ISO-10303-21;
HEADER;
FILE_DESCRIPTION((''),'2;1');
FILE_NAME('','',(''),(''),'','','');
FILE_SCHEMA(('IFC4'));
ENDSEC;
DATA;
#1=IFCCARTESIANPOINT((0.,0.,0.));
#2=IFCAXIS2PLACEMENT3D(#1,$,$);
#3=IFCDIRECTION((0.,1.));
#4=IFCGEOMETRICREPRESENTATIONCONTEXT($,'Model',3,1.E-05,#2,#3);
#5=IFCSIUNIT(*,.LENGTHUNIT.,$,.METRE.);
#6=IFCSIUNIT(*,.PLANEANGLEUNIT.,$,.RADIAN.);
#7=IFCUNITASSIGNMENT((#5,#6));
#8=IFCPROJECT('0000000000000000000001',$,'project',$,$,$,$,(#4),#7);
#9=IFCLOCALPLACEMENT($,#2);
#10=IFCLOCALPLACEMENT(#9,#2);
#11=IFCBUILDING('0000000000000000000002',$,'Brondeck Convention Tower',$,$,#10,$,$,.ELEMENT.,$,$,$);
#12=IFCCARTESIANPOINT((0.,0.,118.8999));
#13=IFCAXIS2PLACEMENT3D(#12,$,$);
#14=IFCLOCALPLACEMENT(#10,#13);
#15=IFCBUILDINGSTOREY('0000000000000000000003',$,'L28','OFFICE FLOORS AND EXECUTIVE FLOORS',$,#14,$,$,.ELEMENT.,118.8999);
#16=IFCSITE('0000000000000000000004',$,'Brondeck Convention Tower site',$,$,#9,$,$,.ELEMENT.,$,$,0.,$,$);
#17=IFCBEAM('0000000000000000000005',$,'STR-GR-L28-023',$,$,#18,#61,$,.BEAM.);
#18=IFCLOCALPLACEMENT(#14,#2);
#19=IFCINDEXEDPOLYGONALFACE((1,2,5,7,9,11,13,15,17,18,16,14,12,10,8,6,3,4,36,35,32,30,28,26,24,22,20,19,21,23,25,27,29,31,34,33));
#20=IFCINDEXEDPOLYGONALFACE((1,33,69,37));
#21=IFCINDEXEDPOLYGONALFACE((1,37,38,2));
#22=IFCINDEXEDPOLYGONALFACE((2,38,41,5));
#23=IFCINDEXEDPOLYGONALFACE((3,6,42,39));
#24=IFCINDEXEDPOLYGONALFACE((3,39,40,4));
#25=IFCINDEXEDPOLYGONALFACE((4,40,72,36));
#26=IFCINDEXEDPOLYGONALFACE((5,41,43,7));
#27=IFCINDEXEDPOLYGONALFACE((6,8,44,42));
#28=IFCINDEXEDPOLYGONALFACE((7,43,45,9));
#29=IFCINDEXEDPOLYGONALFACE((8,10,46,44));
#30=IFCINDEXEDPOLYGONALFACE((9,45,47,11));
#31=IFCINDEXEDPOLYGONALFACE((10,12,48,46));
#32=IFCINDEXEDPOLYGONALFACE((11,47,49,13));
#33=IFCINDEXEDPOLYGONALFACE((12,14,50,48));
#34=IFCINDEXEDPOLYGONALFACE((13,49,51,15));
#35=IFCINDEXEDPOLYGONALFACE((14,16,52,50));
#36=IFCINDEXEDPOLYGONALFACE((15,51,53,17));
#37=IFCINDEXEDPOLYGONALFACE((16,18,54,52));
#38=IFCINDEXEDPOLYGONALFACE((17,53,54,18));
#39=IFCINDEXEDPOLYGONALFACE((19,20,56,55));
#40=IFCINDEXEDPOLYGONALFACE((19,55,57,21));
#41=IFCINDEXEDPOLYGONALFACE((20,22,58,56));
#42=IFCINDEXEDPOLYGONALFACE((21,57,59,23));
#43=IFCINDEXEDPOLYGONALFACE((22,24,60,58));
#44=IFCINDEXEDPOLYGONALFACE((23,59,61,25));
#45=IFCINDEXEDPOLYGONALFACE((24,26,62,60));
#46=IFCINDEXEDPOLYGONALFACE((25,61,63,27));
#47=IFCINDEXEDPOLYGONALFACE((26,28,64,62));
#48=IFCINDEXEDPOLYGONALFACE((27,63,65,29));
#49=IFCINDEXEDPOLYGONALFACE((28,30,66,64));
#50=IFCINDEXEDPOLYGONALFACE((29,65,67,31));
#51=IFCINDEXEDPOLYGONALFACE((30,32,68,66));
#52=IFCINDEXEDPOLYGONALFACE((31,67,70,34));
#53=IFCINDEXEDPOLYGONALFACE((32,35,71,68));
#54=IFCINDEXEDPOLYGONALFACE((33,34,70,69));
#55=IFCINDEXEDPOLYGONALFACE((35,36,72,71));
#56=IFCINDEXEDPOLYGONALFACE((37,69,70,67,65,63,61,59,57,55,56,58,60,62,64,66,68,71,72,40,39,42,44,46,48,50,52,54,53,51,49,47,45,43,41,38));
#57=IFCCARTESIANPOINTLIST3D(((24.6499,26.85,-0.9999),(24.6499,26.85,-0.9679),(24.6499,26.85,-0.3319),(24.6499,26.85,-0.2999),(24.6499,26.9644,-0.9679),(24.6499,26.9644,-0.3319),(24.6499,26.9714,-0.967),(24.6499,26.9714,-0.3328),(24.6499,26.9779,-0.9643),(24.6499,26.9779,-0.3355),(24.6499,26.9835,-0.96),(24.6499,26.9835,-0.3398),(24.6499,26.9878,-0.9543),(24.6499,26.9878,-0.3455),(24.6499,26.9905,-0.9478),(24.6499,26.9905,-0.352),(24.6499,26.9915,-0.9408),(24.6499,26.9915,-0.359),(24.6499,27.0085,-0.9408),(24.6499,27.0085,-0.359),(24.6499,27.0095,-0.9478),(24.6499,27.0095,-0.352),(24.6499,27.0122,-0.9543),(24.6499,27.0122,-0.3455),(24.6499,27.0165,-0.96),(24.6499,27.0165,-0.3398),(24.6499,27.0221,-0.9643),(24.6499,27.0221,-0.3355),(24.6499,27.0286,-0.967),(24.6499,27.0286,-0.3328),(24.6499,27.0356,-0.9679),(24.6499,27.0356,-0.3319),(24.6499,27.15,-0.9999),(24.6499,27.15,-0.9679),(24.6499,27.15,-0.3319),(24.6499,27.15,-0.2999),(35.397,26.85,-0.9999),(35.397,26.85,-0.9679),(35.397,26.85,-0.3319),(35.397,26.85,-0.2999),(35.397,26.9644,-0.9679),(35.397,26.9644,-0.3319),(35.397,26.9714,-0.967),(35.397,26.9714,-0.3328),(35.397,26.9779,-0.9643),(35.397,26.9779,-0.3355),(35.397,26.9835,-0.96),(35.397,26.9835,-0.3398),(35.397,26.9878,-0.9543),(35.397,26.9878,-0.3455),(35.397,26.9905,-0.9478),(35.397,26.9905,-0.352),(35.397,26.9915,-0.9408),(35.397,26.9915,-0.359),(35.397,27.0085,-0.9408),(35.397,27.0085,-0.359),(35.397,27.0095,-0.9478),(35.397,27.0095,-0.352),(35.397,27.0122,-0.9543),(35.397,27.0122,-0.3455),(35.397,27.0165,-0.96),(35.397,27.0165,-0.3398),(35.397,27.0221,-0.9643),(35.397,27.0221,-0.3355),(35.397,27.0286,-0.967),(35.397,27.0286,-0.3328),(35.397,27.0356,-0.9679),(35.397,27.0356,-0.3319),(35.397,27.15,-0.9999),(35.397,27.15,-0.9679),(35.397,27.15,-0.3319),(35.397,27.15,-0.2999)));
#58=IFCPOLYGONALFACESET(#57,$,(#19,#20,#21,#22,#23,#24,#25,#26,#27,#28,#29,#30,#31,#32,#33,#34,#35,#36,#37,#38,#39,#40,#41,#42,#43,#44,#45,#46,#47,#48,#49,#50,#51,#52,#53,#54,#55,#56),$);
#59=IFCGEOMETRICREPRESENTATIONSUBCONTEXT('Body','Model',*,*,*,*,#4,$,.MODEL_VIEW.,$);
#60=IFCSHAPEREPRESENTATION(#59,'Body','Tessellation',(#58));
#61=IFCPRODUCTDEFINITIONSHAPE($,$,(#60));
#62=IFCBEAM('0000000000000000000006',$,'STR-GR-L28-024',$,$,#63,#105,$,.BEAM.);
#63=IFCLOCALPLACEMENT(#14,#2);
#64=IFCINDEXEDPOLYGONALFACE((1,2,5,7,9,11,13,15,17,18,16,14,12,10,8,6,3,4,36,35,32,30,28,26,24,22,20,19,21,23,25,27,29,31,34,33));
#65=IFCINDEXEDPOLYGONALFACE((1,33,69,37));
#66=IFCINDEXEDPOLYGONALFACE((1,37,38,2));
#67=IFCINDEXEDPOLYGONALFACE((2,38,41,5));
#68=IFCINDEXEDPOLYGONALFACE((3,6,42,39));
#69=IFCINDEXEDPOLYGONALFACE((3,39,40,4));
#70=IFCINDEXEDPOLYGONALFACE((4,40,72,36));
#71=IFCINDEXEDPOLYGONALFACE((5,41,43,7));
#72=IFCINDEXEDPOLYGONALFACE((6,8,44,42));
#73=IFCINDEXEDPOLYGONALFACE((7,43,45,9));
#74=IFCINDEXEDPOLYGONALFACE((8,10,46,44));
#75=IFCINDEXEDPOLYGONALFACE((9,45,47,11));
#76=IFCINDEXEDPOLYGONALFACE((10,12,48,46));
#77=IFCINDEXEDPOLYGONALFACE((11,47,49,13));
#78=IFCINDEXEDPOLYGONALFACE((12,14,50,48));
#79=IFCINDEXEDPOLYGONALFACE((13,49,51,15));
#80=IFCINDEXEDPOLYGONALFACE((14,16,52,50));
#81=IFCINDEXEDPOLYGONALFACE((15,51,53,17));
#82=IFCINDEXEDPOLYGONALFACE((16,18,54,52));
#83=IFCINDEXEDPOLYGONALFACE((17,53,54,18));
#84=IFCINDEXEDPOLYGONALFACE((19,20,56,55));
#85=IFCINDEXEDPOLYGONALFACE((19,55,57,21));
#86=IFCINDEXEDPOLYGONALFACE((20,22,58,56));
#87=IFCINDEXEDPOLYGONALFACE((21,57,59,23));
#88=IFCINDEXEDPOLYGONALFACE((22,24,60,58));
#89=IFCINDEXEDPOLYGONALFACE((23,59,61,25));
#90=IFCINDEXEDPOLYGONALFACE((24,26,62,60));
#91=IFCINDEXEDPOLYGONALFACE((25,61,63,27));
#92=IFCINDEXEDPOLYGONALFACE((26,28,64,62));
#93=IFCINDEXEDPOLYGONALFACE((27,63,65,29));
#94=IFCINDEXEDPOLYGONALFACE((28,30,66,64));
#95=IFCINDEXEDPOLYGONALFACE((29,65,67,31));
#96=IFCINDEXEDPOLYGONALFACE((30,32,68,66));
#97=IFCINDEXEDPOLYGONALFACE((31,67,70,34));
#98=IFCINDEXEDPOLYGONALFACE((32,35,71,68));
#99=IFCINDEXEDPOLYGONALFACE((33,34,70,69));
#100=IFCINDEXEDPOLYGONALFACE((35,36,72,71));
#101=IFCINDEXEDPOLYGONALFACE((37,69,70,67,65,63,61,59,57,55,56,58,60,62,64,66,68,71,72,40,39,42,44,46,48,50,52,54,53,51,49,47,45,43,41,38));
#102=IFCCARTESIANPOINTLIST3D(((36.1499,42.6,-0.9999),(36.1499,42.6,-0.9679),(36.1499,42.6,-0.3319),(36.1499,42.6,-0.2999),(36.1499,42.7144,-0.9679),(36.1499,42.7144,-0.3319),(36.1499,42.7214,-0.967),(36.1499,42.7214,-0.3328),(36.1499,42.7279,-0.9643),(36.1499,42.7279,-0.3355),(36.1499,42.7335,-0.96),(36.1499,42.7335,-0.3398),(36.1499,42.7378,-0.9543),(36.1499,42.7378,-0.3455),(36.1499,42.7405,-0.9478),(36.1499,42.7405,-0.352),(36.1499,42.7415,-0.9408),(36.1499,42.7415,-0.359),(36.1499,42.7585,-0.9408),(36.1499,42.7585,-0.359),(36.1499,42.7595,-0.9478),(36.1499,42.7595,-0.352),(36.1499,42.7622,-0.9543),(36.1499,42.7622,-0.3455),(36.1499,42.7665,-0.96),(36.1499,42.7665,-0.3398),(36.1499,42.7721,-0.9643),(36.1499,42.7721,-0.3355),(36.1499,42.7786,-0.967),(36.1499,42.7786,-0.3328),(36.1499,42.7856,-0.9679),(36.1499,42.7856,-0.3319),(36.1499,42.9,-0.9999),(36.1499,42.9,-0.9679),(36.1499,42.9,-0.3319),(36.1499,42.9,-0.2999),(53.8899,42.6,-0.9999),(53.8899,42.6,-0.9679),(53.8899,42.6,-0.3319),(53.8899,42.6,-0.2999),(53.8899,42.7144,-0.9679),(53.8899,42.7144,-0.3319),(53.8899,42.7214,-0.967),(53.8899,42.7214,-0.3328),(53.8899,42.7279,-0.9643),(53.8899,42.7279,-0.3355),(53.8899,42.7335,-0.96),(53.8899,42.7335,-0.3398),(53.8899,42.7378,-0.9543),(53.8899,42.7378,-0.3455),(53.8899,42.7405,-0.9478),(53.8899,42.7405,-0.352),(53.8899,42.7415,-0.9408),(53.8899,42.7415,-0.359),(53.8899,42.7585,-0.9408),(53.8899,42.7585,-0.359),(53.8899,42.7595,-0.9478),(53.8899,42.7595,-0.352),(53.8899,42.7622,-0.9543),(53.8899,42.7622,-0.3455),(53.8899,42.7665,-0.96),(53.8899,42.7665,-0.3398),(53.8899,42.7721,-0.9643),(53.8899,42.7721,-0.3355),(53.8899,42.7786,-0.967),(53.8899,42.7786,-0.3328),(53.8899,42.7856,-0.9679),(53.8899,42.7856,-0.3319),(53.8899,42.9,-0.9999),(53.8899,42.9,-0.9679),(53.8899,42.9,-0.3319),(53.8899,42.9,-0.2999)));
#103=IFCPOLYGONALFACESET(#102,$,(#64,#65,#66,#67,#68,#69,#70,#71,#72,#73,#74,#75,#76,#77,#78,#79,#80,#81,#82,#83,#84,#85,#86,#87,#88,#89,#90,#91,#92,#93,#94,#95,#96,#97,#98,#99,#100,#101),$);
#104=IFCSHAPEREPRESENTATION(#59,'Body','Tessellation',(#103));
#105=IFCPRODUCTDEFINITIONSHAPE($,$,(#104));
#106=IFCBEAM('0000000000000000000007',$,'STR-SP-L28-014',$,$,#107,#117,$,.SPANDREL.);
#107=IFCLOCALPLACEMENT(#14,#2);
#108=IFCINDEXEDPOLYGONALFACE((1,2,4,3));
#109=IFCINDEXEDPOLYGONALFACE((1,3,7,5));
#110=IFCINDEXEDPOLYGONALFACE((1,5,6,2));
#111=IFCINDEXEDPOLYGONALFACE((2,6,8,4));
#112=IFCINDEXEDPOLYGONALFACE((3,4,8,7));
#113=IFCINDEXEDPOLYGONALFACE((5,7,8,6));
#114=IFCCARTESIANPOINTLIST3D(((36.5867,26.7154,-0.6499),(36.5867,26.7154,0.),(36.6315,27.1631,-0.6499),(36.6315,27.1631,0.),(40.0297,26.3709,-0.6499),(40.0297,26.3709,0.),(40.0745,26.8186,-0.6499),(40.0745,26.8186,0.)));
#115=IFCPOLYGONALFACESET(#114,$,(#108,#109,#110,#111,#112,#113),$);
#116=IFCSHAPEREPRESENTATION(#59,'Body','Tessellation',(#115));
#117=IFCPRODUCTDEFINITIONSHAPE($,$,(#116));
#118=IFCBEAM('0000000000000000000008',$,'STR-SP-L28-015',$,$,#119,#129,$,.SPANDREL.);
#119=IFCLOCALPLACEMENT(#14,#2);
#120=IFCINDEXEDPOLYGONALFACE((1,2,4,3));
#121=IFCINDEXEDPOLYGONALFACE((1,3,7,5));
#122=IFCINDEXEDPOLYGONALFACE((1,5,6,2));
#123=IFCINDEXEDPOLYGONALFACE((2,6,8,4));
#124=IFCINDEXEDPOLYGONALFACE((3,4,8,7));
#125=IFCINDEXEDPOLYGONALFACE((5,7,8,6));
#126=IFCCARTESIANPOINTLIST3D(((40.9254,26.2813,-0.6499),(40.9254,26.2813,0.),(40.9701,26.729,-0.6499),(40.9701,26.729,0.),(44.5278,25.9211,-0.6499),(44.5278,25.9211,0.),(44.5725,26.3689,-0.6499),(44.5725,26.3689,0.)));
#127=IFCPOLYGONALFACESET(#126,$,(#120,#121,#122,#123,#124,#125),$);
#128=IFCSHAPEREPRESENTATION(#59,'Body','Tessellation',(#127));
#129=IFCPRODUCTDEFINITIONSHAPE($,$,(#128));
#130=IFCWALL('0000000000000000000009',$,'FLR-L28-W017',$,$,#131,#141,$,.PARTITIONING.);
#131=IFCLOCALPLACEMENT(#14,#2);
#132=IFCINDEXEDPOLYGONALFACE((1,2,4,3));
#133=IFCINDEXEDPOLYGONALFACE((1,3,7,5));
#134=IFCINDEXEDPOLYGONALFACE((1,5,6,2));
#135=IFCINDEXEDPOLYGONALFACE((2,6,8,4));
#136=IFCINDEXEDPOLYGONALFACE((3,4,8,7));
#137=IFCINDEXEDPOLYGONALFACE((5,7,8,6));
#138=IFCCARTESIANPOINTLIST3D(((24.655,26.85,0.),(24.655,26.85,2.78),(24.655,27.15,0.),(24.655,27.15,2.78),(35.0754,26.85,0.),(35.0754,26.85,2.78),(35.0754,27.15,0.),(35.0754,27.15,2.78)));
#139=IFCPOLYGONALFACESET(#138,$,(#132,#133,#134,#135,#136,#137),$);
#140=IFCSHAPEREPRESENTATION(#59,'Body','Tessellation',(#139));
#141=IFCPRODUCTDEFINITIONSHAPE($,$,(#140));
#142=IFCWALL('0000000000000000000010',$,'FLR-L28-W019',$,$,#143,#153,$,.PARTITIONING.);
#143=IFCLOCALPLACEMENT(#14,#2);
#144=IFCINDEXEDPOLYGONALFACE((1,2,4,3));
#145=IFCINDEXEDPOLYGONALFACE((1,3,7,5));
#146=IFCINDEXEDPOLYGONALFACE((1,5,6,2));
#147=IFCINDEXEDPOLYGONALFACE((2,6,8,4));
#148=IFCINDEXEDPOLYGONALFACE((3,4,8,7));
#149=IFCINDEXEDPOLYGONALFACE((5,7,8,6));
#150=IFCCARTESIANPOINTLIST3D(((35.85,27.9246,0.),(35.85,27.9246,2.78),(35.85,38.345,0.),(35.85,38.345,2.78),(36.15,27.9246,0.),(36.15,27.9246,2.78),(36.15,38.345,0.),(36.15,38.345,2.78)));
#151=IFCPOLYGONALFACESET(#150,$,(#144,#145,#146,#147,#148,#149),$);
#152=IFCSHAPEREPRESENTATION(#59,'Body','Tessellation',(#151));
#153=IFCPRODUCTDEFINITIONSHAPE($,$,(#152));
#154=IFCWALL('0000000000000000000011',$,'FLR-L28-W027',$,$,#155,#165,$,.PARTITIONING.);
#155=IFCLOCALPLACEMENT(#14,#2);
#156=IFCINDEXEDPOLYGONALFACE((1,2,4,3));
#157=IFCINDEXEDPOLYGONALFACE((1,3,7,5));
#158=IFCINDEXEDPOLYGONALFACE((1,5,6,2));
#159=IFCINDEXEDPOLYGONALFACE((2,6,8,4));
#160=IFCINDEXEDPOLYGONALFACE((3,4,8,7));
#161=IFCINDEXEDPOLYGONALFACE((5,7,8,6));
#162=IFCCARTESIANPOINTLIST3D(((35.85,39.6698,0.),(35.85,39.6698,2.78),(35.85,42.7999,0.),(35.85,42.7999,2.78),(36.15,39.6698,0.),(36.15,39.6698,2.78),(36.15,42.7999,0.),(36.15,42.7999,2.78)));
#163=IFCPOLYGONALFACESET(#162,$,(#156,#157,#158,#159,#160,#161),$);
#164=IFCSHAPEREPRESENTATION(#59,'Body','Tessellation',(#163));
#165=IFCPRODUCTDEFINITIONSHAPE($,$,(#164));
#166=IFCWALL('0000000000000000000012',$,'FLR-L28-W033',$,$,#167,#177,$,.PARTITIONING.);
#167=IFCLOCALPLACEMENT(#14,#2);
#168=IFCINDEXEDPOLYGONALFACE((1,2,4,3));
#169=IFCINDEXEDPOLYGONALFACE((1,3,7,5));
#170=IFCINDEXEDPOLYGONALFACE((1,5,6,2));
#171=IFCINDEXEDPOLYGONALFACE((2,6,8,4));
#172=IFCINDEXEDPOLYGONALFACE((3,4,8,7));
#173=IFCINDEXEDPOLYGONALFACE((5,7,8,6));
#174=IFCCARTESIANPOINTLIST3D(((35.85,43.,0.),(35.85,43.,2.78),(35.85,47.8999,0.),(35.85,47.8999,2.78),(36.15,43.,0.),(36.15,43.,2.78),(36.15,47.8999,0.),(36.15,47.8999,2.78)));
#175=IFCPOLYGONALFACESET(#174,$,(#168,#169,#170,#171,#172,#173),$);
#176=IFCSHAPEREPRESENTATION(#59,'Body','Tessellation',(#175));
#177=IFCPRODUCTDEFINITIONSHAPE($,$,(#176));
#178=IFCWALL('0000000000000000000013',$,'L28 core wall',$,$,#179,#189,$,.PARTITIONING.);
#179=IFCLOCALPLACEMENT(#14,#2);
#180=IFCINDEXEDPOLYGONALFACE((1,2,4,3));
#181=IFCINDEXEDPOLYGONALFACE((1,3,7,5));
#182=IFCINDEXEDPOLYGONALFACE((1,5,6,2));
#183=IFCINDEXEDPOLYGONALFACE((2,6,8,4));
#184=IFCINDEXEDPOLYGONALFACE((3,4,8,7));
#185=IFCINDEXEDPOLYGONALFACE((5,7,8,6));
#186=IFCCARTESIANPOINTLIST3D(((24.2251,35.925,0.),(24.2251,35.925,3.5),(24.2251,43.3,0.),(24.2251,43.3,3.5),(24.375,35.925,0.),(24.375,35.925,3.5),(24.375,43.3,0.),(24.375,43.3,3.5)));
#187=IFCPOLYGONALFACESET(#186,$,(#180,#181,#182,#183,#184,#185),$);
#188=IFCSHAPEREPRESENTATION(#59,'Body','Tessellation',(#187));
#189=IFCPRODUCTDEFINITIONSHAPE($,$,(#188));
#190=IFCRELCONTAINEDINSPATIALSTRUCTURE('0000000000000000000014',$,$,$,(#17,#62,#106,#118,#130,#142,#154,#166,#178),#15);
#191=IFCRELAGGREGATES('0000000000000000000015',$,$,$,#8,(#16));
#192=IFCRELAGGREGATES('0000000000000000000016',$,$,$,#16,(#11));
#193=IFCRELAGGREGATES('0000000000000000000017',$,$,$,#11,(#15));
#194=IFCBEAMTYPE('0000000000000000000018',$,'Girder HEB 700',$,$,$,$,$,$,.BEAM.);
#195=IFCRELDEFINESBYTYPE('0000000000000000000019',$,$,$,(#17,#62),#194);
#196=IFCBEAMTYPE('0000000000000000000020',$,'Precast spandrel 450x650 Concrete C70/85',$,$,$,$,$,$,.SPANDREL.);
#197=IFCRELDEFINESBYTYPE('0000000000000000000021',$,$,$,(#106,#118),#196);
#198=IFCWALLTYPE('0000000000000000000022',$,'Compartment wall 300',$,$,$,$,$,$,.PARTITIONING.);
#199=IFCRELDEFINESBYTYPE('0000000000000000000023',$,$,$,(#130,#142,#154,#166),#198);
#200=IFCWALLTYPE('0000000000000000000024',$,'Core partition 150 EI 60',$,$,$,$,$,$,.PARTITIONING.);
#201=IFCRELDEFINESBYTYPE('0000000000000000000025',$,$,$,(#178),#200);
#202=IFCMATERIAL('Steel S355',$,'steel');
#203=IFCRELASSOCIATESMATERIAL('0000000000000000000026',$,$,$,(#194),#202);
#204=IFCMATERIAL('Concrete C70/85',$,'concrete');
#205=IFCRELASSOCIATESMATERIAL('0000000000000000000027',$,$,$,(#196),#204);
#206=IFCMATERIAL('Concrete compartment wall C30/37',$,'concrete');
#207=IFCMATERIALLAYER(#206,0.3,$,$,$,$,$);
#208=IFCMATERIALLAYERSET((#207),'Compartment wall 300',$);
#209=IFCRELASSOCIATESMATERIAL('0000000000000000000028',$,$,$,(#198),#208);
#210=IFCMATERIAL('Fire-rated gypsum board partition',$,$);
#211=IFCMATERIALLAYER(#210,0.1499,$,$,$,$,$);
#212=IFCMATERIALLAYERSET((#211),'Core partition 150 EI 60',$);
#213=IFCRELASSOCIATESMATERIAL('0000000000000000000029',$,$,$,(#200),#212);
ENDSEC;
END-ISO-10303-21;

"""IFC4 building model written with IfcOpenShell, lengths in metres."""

from ifc_helpers import new_model, si_unit, direction, frame, frame_2d, origin, origin_2d, place, context, subcontext, project, spatial, rectangle, i_section, extrude, material, layer, layer_set, material_profile, profile_set, type_object, element, save


model = new_model("IFC4")

# Units and contexts
model_context = context("Model", 3, precision=1e-05, world=origin(), true_north=direction((0.0, 1.0)))
body_context = subcontext(model_context, "Body", "Model", "MODEL_VIEW")
ifc_project = project(units=[si_unit("LENGTHUNIT", "METRE"), si_unit("PLANEANGLEUNIT", "RADIAN")], contexts=[model_context])

# Site, building, storey
site_placement = place(None, origin())
site = spatial("IfcSite", under=ifc_project, at=site_placement, Name="Brondeck Convention Tower site", CompositionType="ELEMENT", RefElevation=0.0)
building_placement = place(site_placement, origin())
building = spatial("IfcBuilding", under=site, at=building_placement, Name="Brondeck Convention Tower", CompositionType="ELEMENT")
storey_placement = place(building_placement, frame((0.0, 0.0, 118.8999)))
storey = spatial("IfcBuildingStorey", under=building, at=storey_placement, Name="L28", Description="OFFICE FLOORS AND EXECUTIVE FLOORS", CompositionType="ELEMENT", Elevation=118.8999)

# Shared definitions
ifc_material_1 = material(Name="Concrete C70/85", Category="concrete")

# Beams
ifc_material_2 = material(Name="Steel S355", Category="steel")
ifc_material_profile_1 = material_profile(ifc_material_2, i_section(OverallWidth=0.3, OverallDepth=0.7, WebThickness=0.0171, FlangeThickness=0.032, FilletRadius=0.0271, at=origin_2d()), Name="HEB 700")
ifc_profile_set_1 = profile_set([ifc_material_profile_1], Name="Steel S355")
beam_type_1 = type_object("IfcBeamType", Name="Girder HEB 700", PredefinedType="BEAM", material=ifc_profile_set_1)
beam_1_placement = place(storey_placement, frame((24.6499, 27.0, -0.6499), z_axis=(1.0, 0.0, 0.0), x_axis=(0.0, 1.0, 0.0)))
element("IfcBeam", 1, at=beam_1_placement, inside=storey, type_object=beam_type_1, Name="STR-GR-L28-023", PredefinedType="BEAM", context=body_context, shape_type="SweptSolid", body=[
    extrude(i_section(OverallWidth=0.3, OverallDepth=0.7, WebThickness=0.0171, FlangeThickness=0.032, FilletRadius=0.0271, at=origin_2d()), origin(), (0.0, 0.0, 1.0), 10.7471),
])
beam_2_placement = place(storey_placement, frame((36.1499, 42.75, -0.6499), z_axis=(1.0, 0.0, 0.0), x_axis=(0.0, 1.0, 0.0)))
element("IfcBeam", 2, at=beam_2_placement, inside=storey, type_object=beam_type_1, Name="STR-GR-L28-024", PredefinedType="BEAM", context=body_context, shape_type="SweptSolid", body=[
    extrude(i_section(OverallWidth=0.3, OverallDepth=0.7, WebThickness=0.0171, FlangeThickness=0.032, FilletRadius=0.0271, at=origin_2d()), origin(), (0.0, 0.0, 1.0), 17.74),
])
ifc_material_profile_2 = material_profile(ifc_material_1, rectangle(XDim=0.45, YDim=0.6499, at=origin_2d()), Name="Precast spandrel 450x650 Concrete C70/85")
ifc_profile_set_2 = profile_set([ifc_material_profile_2], Name="Concrete C70/85")
beam_type_2 = type_object("IfcBeamType", Name="Precast spandrel 450x650 Concrete C70/85", PredefinedType="SPANDREL", material=ifc_profile_set_2)
beam_3_placement = place(storey_placement, frame((36.6091, 26.9392, -0.325), z_axis=(0.995032, -0.099553, 0.0), x_axis=(0.099553, 0.995032, 0.0)))
element("IfcBeam", 3, at=beam_3_placement, inside=storey, type_object=beam_type_2, Name="STR-SP-L28-014", PredefinedType="SPANDREL", context=body_context, shape_type="SweptSolid", body=[
    extrude(rectangle(XDim=0.45, YDim=0.6499, at=origin_2d()), origin(), (0.0, 0.0, 1.0), 3.4602),
])
beam_4_placement = place(storey_placement, frame((40.9478, 26.5051, -0.325), z_axis=(0.995041, -0.09947, 0.0), x_axis=(0.09947, 0.995041, 0.0)))
element("IfcBeam", 4, at=beam_4_placement, inside=storey, type_object=beam_type_2, Name="STR-SP-L28-015", PredefinedType="SPANDREL", context=body_context, shape_type="SweptSolid", body=[
    extrude(rectangle(XDim=0.45, YDim=0.6499, at=origin_2d()), origin(), (0.0, 0.0, 1.0), 3.6204),
])

# Walls
ifc_material_3 = material(Name="Concrete compartment wall C30/37", Category="concrete")
ifc_layer_1 = layer(ifc_material_3, 0.3)
ifc_layer_set_1 = layer_set([ifc_layer_1], Name="Compartment wall 300")
wall_type_1 = type_object("IfcWallType", Name="Compartment wall 300", PredefinedType="PARTITIONING", material=ifc_layer_set_1)
for number, where, z_axis, x_axis, name in (
    (5, (24.655, 27.0, 0.0), (0.0, 0.0, 1.0), (1.0, 0.0, 0.0), "FLR-L28-W017"),
    (6, (36.0, 27.9246, 0.0), (0.0, 0.0, 1.0), (0.0, 1.0, 0.0), "FLR-L28-W019"),
):
    element("IfcWall", number, at=place(storey_placement, frame(where, z_axis=z_axis, x_axis=x_axis)), inside=storey, type_object=wall_type_1, Name=name, PredefinedType="PARTITIONING", context=body_context, shape_type="SweptSolid", body=[
        extrude(rectangle(XDim=10.4204, YDim=0.3, at=frame_2d((5.2102, 0.0))), origin(), (0.0, 0.0, 1.0), 2.78),
    ])
wall_1_placement = place(storey_placement, frame((36.0, 39.6699, 0.0), z_axis=(0.0, 0.0, 1.0), x_axis=(0.0, 1.0, 0.0)))
element("IfcWall", 7, at=wall_1_placement, inside=storey, type_object=wall_type_1, Name="FLR-L28-W027", PredefinedType="PARTITIONING", context=body_context, shape_type="SweptSolid", body=[
    extrude(rectangle(XDim=3.1301, YDim=0.3, at=frame_2d((1.5649, 0.0))), origin(), (0.0, 0.0, 1.0), 2.78),
])
wall_2_placement = place(storey_placement, frame((36.0, 43.0, 0.0), z_axis=(0.0, 0.0, 1.0), x_axis=(0.0, 1.0, 0.0)))
element("IfcWall", 8, at=wall_2_placement, inside=storey, type_object=wall_type_1, Name="FLR-L28-W033", PredefinedType="PARTITIONING", context=body_context, shape_type="SweptSolid", body=[
    extrude(rectangle(XDim=4.8999, YDim=0.3, at=frame_2d((2.45, 0.0))), origin(), (0.0, 0.0, 1.0), 2.78),
])
ifc_material_4 = material(Name="Fire-rated gypsum board partition")
ifc_layer_2 = layer(ifc_material_4, 0.1499)
ifc_layer_set_2 = layer_set([ifc_layer_2], Name="Core partition 150 EI 60")
wall_type_2 = type_object("IfcWallType", Name="Core partition 150 EI 60", PredefinedType="PARTITIONING", material=ifc_layer_set_2)
wall_3_placement = place(storey_placement, frame((24.3, 35.925, 0.0), z_axis=(0.0, 0.0, 1.0), x_axis=(0.0, 1.0, 0.0)))
element("IfcWall", 9, at=wall_3_placement, inside=storey, type_object=wall_type_2, Name="L28 core wall", PredefinedType="PARTITIONING", context=body_context, shape_type="SweptSolid", body=[
    extrude(rectangle(XDim=7.375, YDim=0.1499, at=frame_2d((3.6875, 0.0))), origin(), (0.0, 0.0, 1.0), 3.5),
])

save(model, "model.ifc")
